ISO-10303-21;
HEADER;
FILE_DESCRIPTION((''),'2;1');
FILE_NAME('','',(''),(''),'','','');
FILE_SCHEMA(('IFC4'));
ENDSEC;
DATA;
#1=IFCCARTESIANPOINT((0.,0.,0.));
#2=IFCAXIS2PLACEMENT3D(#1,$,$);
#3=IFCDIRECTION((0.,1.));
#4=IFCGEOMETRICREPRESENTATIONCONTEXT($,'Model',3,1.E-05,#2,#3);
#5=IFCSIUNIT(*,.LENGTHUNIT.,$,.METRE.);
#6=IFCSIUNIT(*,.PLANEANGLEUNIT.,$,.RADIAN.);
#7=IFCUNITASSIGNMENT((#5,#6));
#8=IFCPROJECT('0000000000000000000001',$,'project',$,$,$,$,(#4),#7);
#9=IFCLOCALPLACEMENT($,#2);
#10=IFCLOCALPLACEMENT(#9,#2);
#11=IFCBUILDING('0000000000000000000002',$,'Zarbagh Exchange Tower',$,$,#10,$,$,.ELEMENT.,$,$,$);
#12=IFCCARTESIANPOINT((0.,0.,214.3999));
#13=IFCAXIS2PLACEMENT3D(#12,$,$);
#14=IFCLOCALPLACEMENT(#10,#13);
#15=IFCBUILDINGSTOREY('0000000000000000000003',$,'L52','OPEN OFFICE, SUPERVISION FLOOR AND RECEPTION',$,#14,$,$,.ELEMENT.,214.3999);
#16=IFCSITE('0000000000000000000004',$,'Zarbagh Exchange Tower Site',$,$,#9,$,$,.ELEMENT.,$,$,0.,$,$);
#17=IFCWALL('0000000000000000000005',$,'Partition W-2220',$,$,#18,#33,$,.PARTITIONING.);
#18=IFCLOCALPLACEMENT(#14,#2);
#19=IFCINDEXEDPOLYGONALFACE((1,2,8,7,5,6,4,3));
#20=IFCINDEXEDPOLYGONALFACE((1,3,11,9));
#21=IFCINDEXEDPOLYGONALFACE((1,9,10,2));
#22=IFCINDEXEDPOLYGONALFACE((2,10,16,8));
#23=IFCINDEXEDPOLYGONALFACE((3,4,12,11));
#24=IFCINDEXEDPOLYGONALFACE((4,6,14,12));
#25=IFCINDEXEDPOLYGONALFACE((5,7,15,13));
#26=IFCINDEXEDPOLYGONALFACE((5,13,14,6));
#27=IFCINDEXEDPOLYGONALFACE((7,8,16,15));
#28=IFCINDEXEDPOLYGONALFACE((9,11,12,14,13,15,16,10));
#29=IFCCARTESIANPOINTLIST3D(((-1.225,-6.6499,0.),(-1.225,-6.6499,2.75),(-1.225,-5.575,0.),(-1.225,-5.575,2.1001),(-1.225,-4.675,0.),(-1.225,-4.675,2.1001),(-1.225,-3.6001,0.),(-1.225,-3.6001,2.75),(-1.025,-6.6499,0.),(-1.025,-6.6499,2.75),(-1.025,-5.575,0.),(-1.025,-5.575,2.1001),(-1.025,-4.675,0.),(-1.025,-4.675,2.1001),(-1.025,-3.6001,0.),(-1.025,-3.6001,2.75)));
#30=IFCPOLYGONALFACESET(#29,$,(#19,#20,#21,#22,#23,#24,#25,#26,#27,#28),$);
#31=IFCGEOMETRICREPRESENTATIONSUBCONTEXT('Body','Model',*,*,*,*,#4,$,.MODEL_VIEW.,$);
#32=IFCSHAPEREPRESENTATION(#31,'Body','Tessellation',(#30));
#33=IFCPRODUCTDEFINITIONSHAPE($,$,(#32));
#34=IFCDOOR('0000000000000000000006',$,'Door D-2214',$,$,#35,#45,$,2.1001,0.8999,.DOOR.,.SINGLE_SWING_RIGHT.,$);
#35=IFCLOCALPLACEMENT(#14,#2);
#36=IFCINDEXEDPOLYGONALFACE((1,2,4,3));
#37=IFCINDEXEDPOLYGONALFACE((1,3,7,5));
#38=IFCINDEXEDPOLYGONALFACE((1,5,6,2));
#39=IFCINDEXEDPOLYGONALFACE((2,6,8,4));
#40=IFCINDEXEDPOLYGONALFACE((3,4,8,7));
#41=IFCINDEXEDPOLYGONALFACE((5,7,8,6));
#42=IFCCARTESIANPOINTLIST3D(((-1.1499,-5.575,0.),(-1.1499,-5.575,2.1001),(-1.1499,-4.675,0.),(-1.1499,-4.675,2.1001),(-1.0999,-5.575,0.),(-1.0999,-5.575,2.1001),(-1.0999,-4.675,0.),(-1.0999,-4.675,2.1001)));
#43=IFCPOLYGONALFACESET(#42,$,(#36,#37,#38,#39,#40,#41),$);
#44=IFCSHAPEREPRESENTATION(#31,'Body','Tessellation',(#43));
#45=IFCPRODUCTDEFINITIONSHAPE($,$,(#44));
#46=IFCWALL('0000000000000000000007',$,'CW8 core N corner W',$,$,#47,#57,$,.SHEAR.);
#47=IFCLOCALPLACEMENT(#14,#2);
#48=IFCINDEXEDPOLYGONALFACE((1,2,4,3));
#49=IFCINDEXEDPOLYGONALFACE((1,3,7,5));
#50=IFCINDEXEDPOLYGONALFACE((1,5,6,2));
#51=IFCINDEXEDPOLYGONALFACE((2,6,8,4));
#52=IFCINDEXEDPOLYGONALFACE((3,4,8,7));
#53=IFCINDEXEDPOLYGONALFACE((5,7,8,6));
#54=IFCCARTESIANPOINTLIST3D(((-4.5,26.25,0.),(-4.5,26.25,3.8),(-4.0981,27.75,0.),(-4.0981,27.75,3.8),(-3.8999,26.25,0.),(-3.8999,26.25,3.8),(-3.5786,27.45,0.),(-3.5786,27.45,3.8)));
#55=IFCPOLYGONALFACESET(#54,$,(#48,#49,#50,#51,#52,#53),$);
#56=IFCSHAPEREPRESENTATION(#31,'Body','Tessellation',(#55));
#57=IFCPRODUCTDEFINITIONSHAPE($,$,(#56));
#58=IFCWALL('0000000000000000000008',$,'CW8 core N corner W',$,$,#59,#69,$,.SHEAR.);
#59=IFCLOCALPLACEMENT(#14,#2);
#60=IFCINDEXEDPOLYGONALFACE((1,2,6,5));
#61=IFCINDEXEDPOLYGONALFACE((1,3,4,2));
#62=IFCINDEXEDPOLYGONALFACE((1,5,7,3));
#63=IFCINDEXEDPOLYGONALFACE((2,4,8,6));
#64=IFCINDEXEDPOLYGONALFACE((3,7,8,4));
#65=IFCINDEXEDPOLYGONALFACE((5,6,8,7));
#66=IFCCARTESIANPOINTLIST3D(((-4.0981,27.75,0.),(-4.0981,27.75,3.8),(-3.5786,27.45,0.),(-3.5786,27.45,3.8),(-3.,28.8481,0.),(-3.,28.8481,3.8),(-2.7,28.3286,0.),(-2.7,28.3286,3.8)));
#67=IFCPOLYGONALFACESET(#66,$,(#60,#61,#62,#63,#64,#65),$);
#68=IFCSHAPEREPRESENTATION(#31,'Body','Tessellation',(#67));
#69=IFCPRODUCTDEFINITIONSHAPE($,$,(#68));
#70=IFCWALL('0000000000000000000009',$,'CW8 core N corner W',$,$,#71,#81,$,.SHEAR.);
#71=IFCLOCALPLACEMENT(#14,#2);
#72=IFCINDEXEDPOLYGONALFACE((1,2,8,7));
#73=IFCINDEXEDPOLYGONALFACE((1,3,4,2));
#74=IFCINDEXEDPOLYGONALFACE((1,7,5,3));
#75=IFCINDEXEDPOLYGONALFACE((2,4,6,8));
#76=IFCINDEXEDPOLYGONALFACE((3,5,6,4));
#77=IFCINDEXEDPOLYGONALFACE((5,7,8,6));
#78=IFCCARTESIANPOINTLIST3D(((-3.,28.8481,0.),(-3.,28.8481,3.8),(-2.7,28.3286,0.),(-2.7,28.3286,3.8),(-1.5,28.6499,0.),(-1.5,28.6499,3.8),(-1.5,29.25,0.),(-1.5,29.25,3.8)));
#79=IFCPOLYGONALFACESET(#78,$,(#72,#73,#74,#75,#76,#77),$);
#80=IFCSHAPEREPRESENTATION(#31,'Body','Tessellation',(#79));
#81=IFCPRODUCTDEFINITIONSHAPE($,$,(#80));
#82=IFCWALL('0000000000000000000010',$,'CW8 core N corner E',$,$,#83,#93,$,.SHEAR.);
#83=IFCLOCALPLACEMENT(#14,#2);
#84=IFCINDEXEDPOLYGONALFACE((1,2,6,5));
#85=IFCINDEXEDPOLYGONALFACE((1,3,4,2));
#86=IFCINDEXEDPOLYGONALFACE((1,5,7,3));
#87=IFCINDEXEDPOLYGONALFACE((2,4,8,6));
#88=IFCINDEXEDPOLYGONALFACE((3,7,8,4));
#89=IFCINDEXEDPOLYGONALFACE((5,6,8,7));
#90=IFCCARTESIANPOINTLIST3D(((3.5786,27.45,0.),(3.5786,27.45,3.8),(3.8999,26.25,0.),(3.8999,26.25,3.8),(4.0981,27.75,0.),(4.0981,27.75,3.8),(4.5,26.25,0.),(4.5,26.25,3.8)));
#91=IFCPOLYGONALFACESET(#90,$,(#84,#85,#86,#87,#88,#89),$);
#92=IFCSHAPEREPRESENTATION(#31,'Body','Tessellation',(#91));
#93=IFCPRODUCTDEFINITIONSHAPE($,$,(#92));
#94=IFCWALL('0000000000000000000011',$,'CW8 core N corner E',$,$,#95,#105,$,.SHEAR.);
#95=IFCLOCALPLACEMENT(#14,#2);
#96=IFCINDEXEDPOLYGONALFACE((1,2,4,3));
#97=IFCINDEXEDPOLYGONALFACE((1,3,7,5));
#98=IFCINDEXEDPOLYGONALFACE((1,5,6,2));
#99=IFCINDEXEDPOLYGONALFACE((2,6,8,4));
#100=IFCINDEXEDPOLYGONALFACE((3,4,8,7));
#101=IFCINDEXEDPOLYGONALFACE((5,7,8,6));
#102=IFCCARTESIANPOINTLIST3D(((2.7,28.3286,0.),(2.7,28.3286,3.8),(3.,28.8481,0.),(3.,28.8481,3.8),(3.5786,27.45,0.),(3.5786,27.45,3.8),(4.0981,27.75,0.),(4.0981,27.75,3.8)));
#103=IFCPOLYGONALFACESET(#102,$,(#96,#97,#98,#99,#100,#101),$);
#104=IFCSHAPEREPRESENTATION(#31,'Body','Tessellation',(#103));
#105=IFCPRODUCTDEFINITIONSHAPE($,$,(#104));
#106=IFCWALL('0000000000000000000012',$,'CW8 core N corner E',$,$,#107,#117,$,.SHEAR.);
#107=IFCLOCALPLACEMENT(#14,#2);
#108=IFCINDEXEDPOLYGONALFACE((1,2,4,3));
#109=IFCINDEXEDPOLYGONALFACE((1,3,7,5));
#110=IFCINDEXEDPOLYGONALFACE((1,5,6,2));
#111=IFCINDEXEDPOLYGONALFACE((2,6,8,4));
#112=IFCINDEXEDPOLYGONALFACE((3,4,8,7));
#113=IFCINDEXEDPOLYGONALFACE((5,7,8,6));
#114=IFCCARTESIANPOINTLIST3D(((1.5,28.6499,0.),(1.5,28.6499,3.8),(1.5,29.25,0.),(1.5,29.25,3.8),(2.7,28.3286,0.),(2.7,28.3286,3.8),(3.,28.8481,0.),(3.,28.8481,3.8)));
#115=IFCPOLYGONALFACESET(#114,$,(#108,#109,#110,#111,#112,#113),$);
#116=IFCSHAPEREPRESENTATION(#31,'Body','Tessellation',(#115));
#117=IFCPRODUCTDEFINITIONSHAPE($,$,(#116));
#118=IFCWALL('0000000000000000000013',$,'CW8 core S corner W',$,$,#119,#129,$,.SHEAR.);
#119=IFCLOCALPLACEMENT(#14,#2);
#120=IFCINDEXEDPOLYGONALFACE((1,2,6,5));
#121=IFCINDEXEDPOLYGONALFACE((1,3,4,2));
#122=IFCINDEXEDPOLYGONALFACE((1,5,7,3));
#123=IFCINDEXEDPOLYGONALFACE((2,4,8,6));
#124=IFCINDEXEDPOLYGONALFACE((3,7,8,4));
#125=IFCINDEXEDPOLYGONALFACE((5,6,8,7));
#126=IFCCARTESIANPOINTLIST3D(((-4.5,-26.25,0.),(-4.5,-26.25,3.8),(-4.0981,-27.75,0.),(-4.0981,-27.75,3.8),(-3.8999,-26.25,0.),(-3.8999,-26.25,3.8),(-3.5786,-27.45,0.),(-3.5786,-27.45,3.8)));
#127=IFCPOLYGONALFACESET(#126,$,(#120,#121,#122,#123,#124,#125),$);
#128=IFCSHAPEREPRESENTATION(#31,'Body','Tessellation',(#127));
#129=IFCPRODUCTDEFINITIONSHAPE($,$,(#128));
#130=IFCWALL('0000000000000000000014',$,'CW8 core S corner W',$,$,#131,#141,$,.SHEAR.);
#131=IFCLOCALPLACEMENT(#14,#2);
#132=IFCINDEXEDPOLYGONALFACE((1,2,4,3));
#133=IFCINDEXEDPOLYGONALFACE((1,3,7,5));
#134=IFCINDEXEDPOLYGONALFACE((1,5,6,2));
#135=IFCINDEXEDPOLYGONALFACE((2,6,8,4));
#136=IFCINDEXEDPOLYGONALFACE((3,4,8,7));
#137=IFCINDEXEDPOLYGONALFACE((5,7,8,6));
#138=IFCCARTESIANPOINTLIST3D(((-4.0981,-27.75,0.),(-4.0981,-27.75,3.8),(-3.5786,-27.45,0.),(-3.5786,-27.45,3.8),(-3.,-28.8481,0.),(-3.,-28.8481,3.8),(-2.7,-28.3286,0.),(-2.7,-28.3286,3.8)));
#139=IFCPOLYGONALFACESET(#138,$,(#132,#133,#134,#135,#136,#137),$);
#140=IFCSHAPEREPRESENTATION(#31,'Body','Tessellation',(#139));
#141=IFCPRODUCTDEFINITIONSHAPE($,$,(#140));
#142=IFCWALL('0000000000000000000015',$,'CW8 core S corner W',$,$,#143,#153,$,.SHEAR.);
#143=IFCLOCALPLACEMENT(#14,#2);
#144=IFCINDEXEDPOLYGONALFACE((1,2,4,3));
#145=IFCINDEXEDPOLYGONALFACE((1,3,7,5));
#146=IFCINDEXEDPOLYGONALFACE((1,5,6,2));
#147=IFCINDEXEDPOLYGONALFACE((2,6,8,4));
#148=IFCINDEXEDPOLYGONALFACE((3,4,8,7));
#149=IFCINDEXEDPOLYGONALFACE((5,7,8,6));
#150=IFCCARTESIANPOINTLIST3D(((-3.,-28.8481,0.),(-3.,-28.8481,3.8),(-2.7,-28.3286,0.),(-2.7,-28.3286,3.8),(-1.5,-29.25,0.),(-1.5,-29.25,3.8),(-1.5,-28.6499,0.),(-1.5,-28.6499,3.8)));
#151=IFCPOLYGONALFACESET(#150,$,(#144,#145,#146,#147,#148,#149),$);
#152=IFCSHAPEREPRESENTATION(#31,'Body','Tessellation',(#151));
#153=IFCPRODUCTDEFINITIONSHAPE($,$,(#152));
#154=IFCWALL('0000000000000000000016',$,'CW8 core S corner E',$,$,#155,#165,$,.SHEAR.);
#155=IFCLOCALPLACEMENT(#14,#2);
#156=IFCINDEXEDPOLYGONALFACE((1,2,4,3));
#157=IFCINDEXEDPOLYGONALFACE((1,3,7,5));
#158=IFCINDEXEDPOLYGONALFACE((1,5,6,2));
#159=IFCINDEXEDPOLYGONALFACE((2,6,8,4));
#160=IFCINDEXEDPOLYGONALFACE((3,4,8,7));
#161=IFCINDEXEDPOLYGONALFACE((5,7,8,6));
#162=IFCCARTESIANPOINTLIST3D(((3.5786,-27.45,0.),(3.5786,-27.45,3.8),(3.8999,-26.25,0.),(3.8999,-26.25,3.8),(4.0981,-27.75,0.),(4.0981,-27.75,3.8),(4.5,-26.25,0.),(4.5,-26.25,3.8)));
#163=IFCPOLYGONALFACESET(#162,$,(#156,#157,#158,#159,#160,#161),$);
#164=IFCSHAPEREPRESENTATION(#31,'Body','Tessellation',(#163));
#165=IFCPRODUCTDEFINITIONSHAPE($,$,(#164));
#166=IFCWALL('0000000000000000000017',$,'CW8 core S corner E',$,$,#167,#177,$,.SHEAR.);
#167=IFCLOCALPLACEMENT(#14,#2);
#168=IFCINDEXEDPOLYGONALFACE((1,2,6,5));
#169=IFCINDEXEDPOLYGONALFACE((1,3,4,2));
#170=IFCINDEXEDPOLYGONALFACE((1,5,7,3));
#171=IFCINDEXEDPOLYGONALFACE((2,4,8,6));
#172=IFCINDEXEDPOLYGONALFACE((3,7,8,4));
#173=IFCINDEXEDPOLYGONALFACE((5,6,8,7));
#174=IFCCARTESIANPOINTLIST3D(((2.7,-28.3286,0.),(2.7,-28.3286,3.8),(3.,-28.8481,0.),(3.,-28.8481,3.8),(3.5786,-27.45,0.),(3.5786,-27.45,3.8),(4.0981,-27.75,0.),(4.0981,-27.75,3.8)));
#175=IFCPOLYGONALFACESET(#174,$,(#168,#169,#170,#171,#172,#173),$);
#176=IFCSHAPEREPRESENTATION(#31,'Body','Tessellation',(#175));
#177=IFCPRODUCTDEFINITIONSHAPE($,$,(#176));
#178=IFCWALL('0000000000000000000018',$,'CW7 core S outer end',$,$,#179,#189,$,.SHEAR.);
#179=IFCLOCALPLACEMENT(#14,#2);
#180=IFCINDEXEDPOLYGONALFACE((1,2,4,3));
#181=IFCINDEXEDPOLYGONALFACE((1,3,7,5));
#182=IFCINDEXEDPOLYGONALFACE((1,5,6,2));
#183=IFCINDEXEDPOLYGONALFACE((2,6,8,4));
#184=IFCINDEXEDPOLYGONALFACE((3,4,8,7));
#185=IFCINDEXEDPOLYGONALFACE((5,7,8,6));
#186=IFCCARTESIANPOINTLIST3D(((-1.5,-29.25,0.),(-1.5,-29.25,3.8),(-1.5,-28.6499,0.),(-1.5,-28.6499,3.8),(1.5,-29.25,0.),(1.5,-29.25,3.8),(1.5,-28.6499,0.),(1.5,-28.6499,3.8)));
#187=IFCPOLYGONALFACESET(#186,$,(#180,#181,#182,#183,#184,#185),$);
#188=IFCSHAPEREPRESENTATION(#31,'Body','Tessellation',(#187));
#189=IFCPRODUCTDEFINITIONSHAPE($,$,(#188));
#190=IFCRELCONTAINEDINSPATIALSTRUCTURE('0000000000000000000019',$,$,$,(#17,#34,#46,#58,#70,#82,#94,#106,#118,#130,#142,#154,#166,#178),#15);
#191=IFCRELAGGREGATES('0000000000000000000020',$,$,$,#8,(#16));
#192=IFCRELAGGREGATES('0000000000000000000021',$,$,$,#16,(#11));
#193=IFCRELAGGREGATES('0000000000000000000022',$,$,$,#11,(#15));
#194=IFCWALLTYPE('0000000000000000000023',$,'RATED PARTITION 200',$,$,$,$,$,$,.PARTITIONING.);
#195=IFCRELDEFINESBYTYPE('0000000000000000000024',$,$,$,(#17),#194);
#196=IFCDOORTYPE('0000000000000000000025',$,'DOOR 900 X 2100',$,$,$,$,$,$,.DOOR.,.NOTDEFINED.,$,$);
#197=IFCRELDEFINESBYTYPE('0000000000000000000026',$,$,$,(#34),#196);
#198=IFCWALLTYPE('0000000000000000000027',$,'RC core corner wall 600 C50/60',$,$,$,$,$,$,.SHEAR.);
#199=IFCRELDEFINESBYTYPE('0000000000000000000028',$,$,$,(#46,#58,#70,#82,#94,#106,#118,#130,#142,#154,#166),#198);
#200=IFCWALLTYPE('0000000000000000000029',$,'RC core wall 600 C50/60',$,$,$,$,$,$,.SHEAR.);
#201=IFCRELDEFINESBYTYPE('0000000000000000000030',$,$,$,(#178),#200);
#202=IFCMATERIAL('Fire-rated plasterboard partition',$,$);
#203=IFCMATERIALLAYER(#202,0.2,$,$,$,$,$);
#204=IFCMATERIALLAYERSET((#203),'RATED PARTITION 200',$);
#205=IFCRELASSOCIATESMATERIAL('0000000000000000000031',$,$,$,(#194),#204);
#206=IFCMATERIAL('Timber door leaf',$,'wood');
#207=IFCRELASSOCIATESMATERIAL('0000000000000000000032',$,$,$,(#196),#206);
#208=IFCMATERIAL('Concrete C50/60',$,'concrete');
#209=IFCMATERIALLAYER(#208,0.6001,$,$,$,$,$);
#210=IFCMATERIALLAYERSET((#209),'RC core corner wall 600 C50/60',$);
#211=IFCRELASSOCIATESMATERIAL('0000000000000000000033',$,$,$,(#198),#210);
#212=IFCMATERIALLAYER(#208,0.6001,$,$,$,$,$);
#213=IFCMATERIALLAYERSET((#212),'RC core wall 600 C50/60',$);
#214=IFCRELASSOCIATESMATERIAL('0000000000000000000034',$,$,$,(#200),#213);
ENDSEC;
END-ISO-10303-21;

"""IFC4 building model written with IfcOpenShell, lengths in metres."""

from ifc_helpers import new_model, si_unit, direction, frame, frame_2d, origin, place, context, subcontext, project, spatial, polyline, rectangle, outline, extrude, material, layer, layer_set, type_object, element, fill, save


model = new_model("IFC4")

# Units and contexts
model_context = context("Model", 3, precision=1e-05, world=origin(), true_north=direction((0.0, 1.0)))
body_context = subcontext(model_context, "Body", "Model", "MODEL_VIEW")
ifc_project = project(units=[si_unit("LENGTHUNIT", "METRE"), si_unit("PLANEANGLEUNIT", "RADIAN")], contexts=[model_context])

# Site, building, storey
site_placement = place(None, origin())
site = spatial("IfcSite", under=ifc_project, at=site_placement, Name="Zarbagh Exchange Tower Site", CompositionType="ELEMENT", RefElevation=0.0)
building_placement = place(site_placement, origin())
building = spatial("IfcBuilding", under=site, at=building_placement, Name="Zarbagh Exchange Tower", CompositionType="ELEMENT")
storey_placement = place(building_placement, frame((0.0, 0.0, 214.3999)))
storey = spatial("IfcBuildingStorey", under=building, at=storey_placement, Name="L52", Description="OPEN OFFICE, SUPERVISION FLOOR AND RECEPTION", CompositionType="ELEMENT", Elevation=214.3999)

# Shared definitions
ifc_material_1 = material(Name="Fire-rated plasterboard partition")
ifc_layer_1 = layer(ifc_material_1, 0.2)
ifc_layer_set_1 = layer_set([ifc_layer_1], Name="RATED PARTITION 200")
wall_type_1 = type_object("IfcWallType", Name="RATED PARTITION 200", PredefinedType="PARTITIONING", material=ifc_layer_set_1)
ifc_material_2 = material(Name="Timber door leaf", Category="wood")
door_type_1 = type_object("IfcDoorType", Name="DOOR 900 X 2100", OperationType="NOTDEFINED", PredefinedType="DOOR", material=ifc_material_2)

# Wall, opening, door
wall_1_placement = place(storey_placement, frame((-1.125, -6.6499, 0.0), z_axis=(0.0, 0.0, 1.0), x_axis=(0.0, 1.0, 0.0)))
wall_1 = element("IfcWall", 1, at=wall_1_placement, inside=storey, type_object=wall_type_1, Name="Partition W-2220", PredefinedType="PARTITIONING", context=body_context, shape_type="SweptSolid", body=[
    extrude(rectangle(XDim=3.0498, YDim=0.2, at=frame_2d((1.5249, 0.0))), origin(), (0.0, 0.0, 1.0), 2.75),
])
opening_1_placement = place(wall_1_placement, frame((1.075, 0.0, 0.0)))
opening_1 = element("IfcOpeningElement", 2, at=opening_1_placement, cuts=wall_1, PredefinedType="OPENING", context=body_context, shape_type="SweptSolid", body=[
    extrude(rectangle(XDim=0.8999, YDim=2.1001, at=frame_2d((0.45, 1.05))), frame((0.0, 0.1099, 0.0), z_axis=(0.0, -1.0, 0.0), x_axis=(1.0, 0.0, 0.0)), (0.0, 0.0, 1.0), 0.22),
])
door_1_placement = place(opening_1_placement, origin())
door_1 = element("IfcDoor", 3, at=door_1_placement, inside=storey, type_object=door_type_1, Name="Door D-2214", OperationType="SINGLE_SWING_RIGHT", OverallHeight=2.1001, OverallWidth=0.8999, PredefinedType="DOOR", context=body_context, shape_type="SweptSolid", body=[
    extrude(rectangle(XDim=0.8999, YDim=2.1001, at=frame_2d((0.45, 1.05))), frame((0.0, 0.0249, 0.0), z_axis=(0.0, -1.0, 0.0), x_axis=(1.0, 0.0, 0.0)), (0.0, 0.0, 1.0), 0.05),
])
fill(opening_1, door_1)

# Walls
ifc_material_3 = material(Name="Concrete C50/60", Category="concrete")
ifc_layer_2 = layer(ifc_material_3, 0.6001)
ifc_layer_set_2 = layer_set([ifc_layer_2], Name="RC core corner wall 600 C50/60")
wall_type_2 = type_object("IfcWallType", Name="RC core corner wall 600 C50/60", PredefinedType="SHEAR", material=ifc_layer_set_2)
wall_2_placement = place(storey_placement, origin())
element("IfcWall", 4, at=wall_2_placement, inside=storey, type_object=wall_type_2, Name="CW8 core N corner W", PredefinedType="SHEAR", context=body_context, shape_type="SweptSolid", body=[
    extrude(outline(polyline([(-4.5, 26.25), (-4.0981, 27.75), (-3.5786, 27.45), (-3.8999, 26.25), (-4.5, 26.25)])), origin(), (0.0, 0.0, 1.0), 3.8),
])
wall_3_placement = place(storey_placement, origin())
element("IfcWall", 5, at=wall_3_placement, inside=storey, type_object=wall_type_2, Name="CW8 core N corner W", PredefinedType="SHEAR", context=body_context, shape_type="SweptSolid", body=[
    extrude(outline(polyline([(-4.0981, 27.75), (-3.0, 28.8481), (-2.7, 28.3286), (-3.5786, 27.45), (-4.0981, 27.75)])), origin(), (0.0, 0.0, 1.0), 3.8),
])
wall_4_placement = place(storey_placement, origin())
element("IfcWall", 6, at=wall_4_placement, inside=storey, type_object=wall_type_2, Name="CW8 core N corner W", PredefinedType="SHEAR", context=body_context, shape_type="SweptSolid", body=[
    extrude(outline(polyline([(-3.0, 28.8481), (-1.5, 29.25), (-1.5, 28.6499), (-2.7, 28.3286), (-3.0, 28.8481)])), origin(), (0.0, 0.0, 1.0), 3.8),
])
wall_5_placement = place(storey_placement, origin())
element("IfcWall", 7, at=wall_5_placement, inside=storey, type_object=wall_type_2, Name="CW8 core N corner E", PredefinedType="SHEAR", context=body_context, shape_type="SweptSolid", body=[
    extrude(outline(polyline([(4.5, 26.25), (4.0981, 27.75), (3.5786, 27.45), (3.8999, 26.25), (4.5, 26.25)])), origin(), (0.0, 0.0, 1.0), 3.8),
])
wall_6_placement = place(storey_placement, origin())
element("IfcWall", 8, at=wall_6_placement, inside=storey, type_object=wall_type_2, Name="CW8 core N corner E", PredefinedType="SHEAR", context=body_context, shape_type="SweptSolid", body=[
    extrude(outline(polyline([(4.0981, 27.75), (3.0, 28.8481), (2.7, 28.3286), (3.5786, 27.45), (4.0981, 27.75)])), origin(), (0.0, 0.0, 1.0), 3.8),
])
wall_7_placement = place(storey_placement, origin())
element("IfcWall", 9, at=wall_7_placement, inside=storey, type_object=wall_type_2, Name="CW8 core N corner E", PredefinedType="SHEAR", context=body_context, shape_type="SweptSolid", body=[
    extrude(outline(polyline([(3.0, 28.8481), (1.5, 29.25), (1.5, 28.6499), (2.7, 28.3286), (3.0, 28.8481)])), origin(), (0.0, 0.0, 1.0), 3.8),
])
wall_8_placement = place(storey_placement, origin())
element("IfcWall", 10, at=wall_8_placement, inside=storey, type_object=wall_type_2, Name="CW8 core S corner W", PredefinedType="SHEAR", context=body_context, shape_type="SweptSolid", body=[
    extrude(outline(polyline([(-4.5, -26.25), (-4.0981, -27.75), (-3.5786, -27.45), (-3.8999, -26.25), (-4.5, -26.25)])), origin(), (0.0, 0.0, 1.0), 3.8),
])
wall_9_placement = place(storey_placement, origin())
element("IfcWall", 11, at=wall_9_placement, inside=storey, type_object=wall_type_2, Name="CW8 core S corner W", PredefinedType="SHEAR", context=body_context, shape_type="SweptSolid", body=[
    extrude(outline(polyline([(-4.0981, -27.75), (-3.0, -28.8481), (-2.7, -28.3286), (-3.5786, -27.45), (-4.0981, -27.75)])), origin(), (0.0, 0.0, 1.0), 3.8),
])
wall_10_placement = place(storey_placement, origin())
element("IfcWall", 12, at=wall_10_placement, inside=storey, type_object=wall_type_2, Name="CW8 core S corner W", PredefinedType="SHEAR", context=body_context, shape_type="SweptSolid", body=[
    extrude(outline(polyline([(-3.0, -28.8481), (-1.5, -29.25), (-1.5, -28.6499), (-2.7, -28.3286), (-3.0, -28.8481)])), origin(), (0.0, 0.0, 1.0), 3.8),
])
wall_11_placement = place(storey_placement, origin())
element("IfcWall", 13, at=wall_11_placement, inside=storey, type_object=wall_type_2, Name="CW8 core S corner E", PredefinedType="SHEAR", context=body_context, shape_type="SweptSolid", body=[
    extrude(outline(polyline([(4.5, -26.25), (4.0981, -27.75), (3.5786, -27.45), (3.8999, -26.25), (4.5, -26.25)])), origin(), (0.0, 0.0, 1.0), 3.8),
])
wall_12_placement = place(storey_placement, origin())
element("IfcWall", 14, at=wall_12_placement, inside=storey, type_object=wall_type_2, Name="CW8 core S corner E", PredefinedType="SHEAR", context=body_context, shape_type="SweptSolid", body=[
    extrude(outline(polyline([(4.0981, -27.75), (3.0, -28.8481), (2.7, -28.3286), (3.5786, -27.45), (4.0981, -27.75)])), origin(), (0.0, 0.0, 1.0), 3.8),
])
ifc_layer_3 = layer(ifc_material_3, 0.6001)
ifc_layer_set_3 = layer_set([ifc_layer_3], Name="RC core wall 600 C50/60")
wall_type_3 = type_object("IfcWallType", Name="RC core wall 600 C50/60", PredefinedType="SHEAR", material=ifc_layer_set_3)
wall_13_placement = place(storey_placement, frame((-1.5, -28.95, 0.0), z_axis=(0.0, 0.0, 1.0), x_axis=(1.0, 0.0, 0.0)))
element("IfcWall", 15, at=wall_13_placement, inside=storey, type_object=wall_type_3, Name="CW7 core S outer end", PredefinedType="SHEAR", context=body_context, shape_type="SweptSolid", body=[
    extrude(rectangle(XDim=3.0, YDim=0.6001, at=frame_2d((1.5, 0.0))), origin(), (0.0, 0.0, 1.0), 3.8),
])

save(model, "model.ifc")
